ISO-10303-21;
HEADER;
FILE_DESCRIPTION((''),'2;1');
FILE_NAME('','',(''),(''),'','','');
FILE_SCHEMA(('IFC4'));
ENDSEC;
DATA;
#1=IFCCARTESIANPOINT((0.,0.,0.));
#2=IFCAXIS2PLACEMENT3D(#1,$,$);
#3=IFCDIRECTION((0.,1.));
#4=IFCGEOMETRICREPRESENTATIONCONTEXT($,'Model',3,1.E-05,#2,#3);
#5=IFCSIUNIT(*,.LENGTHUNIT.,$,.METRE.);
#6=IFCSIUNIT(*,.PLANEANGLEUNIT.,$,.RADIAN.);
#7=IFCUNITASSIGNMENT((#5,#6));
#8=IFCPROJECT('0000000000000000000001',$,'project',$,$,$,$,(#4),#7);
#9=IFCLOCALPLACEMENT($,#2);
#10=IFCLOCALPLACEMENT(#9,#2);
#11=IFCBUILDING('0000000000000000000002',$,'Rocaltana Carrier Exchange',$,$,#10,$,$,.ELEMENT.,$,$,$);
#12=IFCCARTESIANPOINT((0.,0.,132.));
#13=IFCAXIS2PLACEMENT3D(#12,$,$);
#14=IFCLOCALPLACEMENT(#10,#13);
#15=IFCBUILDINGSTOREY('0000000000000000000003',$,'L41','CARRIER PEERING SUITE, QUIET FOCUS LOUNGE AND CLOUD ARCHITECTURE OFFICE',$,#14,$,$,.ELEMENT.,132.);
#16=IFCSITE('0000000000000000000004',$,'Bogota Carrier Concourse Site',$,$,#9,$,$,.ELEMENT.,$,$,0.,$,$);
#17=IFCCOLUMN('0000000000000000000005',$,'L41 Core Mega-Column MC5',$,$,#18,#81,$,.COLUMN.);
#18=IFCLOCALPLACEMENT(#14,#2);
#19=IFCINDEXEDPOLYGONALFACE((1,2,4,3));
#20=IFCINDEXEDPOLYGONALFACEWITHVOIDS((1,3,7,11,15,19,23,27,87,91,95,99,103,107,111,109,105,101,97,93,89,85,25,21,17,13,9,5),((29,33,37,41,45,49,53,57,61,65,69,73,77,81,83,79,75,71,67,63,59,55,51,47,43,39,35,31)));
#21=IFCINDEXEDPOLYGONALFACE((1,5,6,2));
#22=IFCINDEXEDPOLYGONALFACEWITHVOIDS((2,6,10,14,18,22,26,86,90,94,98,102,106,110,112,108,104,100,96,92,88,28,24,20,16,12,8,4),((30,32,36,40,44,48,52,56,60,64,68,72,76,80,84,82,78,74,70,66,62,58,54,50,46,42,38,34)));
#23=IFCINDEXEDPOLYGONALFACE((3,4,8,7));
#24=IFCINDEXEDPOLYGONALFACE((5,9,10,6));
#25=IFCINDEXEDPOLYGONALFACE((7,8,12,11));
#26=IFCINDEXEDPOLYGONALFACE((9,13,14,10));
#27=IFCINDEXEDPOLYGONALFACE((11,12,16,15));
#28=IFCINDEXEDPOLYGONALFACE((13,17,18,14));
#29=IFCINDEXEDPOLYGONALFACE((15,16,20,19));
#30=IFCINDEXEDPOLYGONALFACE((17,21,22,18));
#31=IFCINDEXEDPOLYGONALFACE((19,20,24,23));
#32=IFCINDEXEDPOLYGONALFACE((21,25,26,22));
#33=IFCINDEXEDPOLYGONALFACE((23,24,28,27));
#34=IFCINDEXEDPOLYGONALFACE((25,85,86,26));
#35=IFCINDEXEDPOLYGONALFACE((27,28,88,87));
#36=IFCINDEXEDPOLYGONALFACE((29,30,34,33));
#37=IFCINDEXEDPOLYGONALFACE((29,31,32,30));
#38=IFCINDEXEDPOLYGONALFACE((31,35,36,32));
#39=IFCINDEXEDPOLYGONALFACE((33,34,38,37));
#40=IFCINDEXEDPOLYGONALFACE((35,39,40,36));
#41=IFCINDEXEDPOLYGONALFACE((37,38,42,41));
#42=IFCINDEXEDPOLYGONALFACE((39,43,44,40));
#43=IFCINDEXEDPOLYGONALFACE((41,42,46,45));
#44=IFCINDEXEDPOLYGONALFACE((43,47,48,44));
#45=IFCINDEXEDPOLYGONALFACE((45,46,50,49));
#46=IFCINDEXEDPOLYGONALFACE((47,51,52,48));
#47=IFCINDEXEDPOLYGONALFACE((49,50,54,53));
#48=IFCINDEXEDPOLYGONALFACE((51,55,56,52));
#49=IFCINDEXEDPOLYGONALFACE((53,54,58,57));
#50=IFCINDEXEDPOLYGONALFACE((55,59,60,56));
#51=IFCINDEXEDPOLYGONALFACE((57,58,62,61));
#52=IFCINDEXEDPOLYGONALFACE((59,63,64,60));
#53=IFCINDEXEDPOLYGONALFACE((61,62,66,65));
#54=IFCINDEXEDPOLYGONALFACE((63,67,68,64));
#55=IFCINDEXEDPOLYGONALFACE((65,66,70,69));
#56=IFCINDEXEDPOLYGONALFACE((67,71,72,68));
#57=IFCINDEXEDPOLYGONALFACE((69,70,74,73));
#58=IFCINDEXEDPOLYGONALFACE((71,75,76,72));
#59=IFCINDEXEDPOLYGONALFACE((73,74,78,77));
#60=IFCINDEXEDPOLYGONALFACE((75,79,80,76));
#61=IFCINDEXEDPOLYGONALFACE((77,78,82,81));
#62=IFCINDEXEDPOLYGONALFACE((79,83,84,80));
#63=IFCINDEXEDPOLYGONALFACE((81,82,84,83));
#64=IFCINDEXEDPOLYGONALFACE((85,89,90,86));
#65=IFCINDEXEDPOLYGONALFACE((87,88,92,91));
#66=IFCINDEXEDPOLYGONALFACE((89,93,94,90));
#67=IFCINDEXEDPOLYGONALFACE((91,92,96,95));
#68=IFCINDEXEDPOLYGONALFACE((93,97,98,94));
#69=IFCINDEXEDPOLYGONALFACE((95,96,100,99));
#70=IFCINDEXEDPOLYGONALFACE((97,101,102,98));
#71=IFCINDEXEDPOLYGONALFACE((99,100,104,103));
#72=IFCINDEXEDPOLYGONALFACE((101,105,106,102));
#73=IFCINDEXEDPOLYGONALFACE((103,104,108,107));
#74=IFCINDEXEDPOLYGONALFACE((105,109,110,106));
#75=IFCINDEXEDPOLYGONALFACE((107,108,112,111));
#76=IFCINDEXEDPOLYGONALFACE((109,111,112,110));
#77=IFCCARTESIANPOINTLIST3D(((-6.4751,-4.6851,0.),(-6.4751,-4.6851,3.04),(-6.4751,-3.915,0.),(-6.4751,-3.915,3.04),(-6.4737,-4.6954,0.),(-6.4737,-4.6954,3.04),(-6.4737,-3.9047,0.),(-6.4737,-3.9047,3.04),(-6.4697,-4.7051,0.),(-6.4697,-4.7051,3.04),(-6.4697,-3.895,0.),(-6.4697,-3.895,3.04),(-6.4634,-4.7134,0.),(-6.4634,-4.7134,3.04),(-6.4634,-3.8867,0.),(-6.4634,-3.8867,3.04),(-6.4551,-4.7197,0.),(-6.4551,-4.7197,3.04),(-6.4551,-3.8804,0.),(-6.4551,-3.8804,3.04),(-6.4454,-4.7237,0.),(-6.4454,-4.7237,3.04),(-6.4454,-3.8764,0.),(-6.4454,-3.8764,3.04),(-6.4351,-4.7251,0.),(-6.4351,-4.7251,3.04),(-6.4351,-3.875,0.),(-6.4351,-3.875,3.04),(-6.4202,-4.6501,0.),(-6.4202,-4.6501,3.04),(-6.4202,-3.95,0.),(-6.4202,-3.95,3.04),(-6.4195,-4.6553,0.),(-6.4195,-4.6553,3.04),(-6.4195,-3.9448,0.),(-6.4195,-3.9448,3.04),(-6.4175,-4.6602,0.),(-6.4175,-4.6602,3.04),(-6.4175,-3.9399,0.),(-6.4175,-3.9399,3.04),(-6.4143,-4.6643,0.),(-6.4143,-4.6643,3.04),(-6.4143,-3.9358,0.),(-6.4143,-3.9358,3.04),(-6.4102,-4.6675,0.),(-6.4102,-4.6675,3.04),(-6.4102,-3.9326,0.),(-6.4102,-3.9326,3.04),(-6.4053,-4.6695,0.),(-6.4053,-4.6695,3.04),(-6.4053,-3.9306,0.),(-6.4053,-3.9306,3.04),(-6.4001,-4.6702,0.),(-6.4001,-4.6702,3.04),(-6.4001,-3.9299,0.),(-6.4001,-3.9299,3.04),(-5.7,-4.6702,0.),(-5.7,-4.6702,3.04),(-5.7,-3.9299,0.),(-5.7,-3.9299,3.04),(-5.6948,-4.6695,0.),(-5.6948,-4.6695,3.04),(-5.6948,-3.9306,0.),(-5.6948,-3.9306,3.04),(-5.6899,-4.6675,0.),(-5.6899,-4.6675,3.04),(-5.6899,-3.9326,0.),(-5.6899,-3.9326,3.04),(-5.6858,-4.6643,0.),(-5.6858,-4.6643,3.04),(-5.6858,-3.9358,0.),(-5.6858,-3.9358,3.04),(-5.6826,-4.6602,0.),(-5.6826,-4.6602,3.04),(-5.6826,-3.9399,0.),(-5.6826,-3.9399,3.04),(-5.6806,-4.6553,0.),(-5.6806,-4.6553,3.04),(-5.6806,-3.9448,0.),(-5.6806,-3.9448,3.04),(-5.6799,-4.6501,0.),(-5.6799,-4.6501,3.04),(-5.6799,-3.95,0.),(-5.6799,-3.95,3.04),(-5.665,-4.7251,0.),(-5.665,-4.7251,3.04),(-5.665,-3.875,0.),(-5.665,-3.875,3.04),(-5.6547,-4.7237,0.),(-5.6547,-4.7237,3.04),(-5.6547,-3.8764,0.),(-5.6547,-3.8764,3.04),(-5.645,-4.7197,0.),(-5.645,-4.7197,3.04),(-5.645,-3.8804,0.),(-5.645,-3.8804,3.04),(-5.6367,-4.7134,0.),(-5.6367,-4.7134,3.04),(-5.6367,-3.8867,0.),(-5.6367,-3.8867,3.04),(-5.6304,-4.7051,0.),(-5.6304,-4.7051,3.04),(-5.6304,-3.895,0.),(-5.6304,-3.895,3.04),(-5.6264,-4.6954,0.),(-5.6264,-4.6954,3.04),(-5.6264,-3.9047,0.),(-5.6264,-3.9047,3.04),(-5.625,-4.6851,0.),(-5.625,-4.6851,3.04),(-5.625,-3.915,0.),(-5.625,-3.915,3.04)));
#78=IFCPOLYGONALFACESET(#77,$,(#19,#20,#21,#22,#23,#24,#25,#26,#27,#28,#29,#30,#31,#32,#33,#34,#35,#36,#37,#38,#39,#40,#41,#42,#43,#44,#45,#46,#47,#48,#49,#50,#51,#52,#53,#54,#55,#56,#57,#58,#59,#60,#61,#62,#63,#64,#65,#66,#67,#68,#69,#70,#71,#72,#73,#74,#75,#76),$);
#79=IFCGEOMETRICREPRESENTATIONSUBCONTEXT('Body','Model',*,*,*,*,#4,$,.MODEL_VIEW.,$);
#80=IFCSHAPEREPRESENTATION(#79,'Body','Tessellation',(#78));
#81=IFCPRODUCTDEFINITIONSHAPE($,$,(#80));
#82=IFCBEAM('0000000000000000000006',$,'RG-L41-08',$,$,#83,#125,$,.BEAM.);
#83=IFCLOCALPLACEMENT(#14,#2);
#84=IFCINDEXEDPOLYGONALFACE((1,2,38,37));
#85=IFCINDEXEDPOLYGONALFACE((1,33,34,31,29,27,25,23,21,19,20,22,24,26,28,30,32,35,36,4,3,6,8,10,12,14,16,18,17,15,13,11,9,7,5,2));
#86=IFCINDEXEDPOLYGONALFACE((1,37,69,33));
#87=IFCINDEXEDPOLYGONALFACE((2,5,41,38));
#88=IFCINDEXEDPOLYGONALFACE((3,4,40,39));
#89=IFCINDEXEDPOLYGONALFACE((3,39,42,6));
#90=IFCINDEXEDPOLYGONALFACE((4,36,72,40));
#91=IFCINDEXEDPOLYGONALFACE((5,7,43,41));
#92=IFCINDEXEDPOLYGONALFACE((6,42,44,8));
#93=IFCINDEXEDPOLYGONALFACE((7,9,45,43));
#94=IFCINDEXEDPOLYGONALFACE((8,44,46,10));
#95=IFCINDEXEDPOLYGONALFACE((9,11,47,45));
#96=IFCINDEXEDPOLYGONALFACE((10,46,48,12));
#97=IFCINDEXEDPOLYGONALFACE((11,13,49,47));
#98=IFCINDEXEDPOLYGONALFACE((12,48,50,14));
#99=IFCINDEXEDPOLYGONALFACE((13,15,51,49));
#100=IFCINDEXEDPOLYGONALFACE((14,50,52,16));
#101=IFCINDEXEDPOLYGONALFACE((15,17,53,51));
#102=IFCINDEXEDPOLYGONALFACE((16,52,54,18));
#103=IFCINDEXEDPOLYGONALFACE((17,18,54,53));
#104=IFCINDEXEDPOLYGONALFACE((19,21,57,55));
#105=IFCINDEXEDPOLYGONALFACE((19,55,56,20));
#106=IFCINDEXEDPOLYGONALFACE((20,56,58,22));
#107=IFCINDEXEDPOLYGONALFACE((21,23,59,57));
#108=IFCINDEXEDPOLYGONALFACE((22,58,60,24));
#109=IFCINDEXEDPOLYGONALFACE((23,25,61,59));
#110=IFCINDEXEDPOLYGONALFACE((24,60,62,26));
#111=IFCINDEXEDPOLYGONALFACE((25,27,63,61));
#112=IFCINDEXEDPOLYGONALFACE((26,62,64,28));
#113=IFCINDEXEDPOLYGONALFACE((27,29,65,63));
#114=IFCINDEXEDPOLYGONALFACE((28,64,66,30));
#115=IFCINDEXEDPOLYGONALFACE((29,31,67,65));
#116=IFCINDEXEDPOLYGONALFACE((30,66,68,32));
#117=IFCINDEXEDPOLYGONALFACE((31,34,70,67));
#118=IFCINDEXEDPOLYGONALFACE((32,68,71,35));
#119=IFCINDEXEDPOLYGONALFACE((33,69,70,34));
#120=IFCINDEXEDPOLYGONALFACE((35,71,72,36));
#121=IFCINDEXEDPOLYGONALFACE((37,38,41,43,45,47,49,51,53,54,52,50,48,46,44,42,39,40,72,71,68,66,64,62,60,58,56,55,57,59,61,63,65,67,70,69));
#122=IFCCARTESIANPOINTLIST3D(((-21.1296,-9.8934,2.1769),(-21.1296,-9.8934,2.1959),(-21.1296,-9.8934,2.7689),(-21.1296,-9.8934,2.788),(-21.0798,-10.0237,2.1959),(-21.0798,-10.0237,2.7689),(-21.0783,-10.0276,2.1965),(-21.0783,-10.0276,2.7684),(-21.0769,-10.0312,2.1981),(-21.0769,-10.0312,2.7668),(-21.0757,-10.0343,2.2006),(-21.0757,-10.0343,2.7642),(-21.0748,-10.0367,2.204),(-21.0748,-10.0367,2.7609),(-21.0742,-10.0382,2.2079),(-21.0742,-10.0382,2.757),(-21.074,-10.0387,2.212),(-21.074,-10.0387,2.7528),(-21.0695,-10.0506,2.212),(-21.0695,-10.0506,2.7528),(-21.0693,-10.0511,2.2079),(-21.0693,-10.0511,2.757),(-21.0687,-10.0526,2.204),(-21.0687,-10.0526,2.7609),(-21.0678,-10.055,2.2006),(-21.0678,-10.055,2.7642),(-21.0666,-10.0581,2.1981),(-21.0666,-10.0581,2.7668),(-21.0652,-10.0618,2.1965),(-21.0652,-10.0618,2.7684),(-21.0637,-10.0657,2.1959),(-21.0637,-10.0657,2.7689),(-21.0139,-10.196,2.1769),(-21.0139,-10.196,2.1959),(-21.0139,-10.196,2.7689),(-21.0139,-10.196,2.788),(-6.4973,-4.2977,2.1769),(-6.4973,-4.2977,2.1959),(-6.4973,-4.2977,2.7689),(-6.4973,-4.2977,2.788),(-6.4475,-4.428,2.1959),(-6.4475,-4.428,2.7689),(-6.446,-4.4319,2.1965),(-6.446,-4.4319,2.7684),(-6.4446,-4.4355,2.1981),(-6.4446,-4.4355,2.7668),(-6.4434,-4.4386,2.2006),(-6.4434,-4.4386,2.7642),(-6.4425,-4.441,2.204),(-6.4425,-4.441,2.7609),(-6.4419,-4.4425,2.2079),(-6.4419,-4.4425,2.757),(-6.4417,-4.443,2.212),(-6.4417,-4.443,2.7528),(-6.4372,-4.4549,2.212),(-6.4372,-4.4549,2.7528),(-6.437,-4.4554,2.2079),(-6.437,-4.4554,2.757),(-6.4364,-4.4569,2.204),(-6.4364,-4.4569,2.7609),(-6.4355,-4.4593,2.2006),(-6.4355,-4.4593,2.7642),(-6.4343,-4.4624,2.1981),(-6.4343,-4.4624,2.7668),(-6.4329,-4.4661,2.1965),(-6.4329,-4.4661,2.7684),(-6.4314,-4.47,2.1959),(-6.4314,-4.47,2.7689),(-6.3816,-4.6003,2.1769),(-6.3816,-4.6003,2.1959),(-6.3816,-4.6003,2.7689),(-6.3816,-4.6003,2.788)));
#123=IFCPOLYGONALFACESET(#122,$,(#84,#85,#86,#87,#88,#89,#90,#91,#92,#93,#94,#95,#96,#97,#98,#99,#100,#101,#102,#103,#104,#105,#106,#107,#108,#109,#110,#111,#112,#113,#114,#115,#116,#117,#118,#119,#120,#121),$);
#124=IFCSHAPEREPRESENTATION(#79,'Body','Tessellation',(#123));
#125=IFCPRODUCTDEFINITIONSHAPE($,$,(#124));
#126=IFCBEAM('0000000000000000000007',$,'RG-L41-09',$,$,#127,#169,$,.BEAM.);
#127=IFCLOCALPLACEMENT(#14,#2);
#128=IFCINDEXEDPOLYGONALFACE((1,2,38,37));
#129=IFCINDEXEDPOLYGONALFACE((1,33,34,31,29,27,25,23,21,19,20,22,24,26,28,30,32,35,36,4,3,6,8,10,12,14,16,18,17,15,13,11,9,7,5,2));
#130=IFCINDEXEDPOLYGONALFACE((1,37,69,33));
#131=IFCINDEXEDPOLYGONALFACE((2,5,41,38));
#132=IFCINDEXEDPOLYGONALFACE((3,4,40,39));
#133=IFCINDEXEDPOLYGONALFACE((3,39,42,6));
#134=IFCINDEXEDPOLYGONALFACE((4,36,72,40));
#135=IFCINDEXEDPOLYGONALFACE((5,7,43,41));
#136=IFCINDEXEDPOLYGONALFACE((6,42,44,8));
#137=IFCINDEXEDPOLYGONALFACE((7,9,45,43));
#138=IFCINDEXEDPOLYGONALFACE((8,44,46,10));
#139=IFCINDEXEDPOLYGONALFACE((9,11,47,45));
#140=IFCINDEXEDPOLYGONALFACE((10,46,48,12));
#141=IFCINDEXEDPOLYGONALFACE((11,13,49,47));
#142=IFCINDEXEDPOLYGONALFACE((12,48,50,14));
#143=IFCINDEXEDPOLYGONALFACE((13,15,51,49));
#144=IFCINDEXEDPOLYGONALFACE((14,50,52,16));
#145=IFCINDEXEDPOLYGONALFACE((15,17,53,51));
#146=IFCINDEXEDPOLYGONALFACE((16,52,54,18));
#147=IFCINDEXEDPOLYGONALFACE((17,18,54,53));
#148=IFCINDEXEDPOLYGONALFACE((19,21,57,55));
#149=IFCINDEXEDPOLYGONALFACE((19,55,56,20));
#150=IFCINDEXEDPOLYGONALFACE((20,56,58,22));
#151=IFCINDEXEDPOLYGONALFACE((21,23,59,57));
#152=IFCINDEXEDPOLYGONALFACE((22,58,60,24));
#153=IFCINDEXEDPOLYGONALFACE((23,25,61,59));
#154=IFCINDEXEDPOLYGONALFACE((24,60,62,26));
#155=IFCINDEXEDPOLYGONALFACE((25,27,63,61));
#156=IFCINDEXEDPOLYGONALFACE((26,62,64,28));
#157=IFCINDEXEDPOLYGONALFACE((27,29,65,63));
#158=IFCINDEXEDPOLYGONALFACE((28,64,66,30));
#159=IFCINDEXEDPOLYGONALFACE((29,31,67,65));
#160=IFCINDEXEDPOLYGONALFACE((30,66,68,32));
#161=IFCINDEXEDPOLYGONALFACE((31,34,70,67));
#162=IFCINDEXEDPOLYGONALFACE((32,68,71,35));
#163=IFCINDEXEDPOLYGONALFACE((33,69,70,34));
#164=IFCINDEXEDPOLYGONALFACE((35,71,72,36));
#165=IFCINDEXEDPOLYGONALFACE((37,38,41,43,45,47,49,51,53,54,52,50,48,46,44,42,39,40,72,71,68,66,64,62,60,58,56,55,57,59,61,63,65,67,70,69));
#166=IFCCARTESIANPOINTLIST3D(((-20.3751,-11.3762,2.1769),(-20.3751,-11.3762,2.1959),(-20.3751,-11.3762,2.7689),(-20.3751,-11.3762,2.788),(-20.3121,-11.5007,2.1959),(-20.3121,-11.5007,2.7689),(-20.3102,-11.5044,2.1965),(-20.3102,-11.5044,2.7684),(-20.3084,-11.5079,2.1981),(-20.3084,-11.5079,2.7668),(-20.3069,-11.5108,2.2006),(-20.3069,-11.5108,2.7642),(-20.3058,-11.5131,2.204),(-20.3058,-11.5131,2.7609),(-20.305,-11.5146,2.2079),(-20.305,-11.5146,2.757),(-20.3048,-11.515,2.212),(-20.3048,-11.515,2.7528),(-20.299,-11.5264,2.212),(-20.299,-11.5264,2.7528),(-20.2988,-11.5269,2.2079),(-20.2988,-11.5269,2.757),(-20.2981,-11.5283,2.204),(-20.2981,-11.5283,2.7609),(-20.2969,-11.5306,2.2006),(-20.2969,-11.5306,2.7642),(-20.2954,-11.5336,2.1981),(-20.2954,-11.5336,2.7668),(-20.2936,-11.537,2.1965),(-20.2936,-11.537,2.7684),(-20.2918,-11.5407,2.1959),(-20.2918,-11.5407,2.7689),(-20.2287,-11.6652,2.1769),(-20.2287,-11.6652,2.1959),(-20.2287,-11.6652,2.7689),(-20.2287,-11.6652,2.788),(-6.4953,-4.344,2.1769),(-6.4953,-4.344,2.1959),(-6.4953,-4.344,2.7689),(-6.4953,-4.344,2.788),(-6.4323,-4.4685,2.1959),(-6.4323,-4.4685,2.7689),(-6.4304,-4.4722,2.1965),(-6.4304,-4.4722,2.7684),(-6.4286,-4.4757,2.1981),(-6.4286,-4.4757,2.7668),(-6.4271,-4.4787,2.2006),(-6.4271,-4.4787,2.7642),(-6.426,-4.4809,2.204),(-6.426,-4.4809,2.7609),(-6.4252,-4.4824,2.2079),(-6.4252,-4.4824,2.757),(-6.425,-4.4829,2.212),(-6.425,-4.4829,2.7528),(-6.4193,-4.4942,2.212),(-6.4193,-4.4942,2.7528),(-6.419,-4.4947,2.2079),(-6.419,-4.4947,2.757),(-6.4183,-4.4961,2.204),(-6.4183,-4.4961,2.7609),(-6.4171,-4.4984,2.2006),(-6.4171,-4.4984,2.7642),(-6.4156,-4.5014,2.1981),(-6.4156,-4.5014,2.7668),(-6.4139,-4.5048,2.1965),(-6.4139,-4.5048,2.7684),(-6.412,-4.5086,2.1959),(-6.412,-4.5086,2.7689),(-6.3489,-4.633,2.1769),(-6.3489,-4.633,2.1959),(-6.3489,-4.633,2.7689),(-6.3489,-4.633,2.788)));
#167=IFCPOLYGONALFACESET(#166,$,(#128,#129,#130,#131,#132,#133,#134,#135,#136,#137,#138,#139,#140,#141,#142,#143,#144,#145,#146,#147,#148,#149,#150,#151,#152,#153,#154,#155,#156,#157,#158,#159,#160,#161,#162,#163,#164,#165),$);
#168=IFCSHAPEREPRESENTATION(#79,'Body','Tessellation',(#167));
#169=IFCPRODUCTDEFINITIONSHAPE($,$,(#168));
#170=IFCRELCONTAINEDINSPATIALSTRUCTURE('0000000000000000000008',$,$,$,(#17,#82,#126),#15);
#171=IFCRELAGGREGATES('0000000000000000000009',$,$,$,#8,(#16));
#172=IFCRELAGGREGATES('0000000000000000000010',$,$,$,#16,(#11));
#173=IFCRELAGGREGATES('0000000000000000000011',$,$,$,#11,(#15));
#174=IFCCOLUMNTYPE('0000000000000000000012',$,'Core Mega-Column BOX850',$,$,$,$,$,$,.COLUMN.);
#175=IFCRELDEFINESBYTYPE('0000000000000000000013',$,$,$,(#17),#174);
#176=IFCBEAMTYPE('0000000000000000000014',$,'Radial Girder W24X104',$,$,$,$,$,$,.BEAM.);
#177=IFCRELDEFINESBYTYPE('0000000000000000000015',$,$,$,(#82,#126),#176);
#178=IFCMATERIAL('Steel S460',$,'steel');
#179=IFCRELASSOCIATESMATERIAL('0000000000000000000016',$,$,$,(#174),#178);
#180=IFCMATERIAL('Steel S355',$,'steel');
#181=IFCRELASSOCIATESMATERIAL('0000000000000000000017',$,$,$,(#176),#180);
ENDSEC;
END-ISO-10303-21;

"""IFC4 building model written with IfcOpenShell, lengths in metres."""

from ifc_helpers import new_model, si_unit, direction, frame, origin, origin_2d, place, context, subcontext, project, spatial, hollow_rectangle, i_section, extrude, material, material_profile, profile_set, type_object, element, save


model = new_model("IFC4")

# Units and contexts
model_context = context("Model", 3, precision=1e-05, world=origin(), true_north=direction((0.0, 1.0)))
body_context = subcontext(model_context, "Body", "Model", "MODEL_VIEW")
ifc_project = project(units=[si_unit("LENGTHUNIT", "METRE"), si_unit("PLANEANGLEUNIT", "RADIAN")], contexts=[model_context])

# Site, building, storey
site_placement = place(None, origin())
site = spatial("IfcSite", under=ifc_project, at=site_placement, Name="Bogota Carrier Concourse Site", CompositionType="ELEMENT", RefElevation=0.0)
building_placement = place(site_placement, origin())
building = spatial("IfcBuilding", under=site, at=building_placement, Name="Rocaltana Carrier Exchange", CompositionType="ELEMENT")
storey_placement = place(building_placement, frame((0.0, 0.0, 132.0)))
storey = spatial("IfcBuildingStorey", under=building, at=storey_placement, Name="L41", Description="CARRIER PEERING SUITE, QUIET FOCUS LOUNGE AND CLOUD ARCHITECTURE OFFICE", CompositionType="ELEMENT", Elevation=132.0)

# Column
ifc_material_1 = material(Name="Steel S460", Category="steel")
ifc_material_profile_1 = material_profile(ifc_material_1, hollow_rectangle(XDim=0.8501, YDim=0.8501, WallThickness=0.0549, InnerFilletRadius=0.02, OuterFilletRadius=0.04, at=origin_2d()), Name="BOX850X850X55")
ifc_profile_set_1 = profile_set([ifc_material_profile_1], Name="Steel S460")
column_type = type_object("IfcColumnType", Name="Core Mega-Column BOX850", PredefinedType="COLUMN", material=ifc_profile_set_1)
column_placement = place(storey_placement, frame((-6.05, -4.3, 0.0), z_axis=(0.0, 0.0, 1.0), x_axis=(1.0, 0.0, 0.0)))
element("IfcColumn", 1, at=column_placement, inside=storey, type_object=column_type, Name="L41 Core Mega-Column MC5", PredefinedType="COLUMN", context=body_context, shape_type="SweptSolid", body=[
    extrude(hollow_rectangle(XDim=0.8501, YDim=0.8501, WallThickness=0.0549, InnerFilletRadius=0.02, OuterFilletRadius=0.04, at=origin_2d()), origin(), (0.0, 0.0, 1.0), 3.04),
])

# Beams
ifc_material_2 = material(Name="Steel S355", Category="steel")
ifc_material_profile_2 = material_profile(ifc_material_2, i_section(OverallWidth=0.324, OverallDepth=0.6111, WebThickness=0.0127, FlangeThickness=0.019, FilletRadius=0.0161, at=origin_2d()), Name="W24X104")
ifc_profile_set_2 = profile_set([ifc_material_profile_2], Name="Steel S355")
beam_type = type_object("IfcBeamType", Name="Radial Girder W24X104", PredefinedType="BEAM", material=ifc_profile_set_2)
beam_1_placement = place(storey_placement, frame((-6.4395, -4.449, 2.4824), z_axis=(-0.934031, -0.357193, 0.0), x_axis=(0.357193, -0.934031, 0.0)))
element("IfcBeam", 2, at=beam_1_placement, inside=storey, type_object=beam_type, Name="RG-L41-08", PredefinedType="BEAM", context=body_context, shape_type="SweptSolid", body=[
    extrude(i_section(OverallWidth=0.324, OverallDepth=0.6111, WebThickness=0.0127, FlangeThickness=0.019, FilletRadius=0.0161, at=origin_2d()), origin(), (0.0, 0.0, 1.0), 15.6658),
])
beam_2_placement = place(storey_placement, frame((-6.4221, -4.4885, 2.4824), z_axis=(-0.892042, -0.451952, 0.0), x_axis=(0.451952, -0.892042, 0.0)))
element("IfcBeam", 3, at=beam_2_placement, inside=storey, type_object=beam_type, Name="RG-L41-09", PredefinedType="BEAM", context=body_context, shape_type="SweptSolid", body=[
    extrude(i_section(OverallWidth=0.324, OverallDepth=0.6111, WebThickness=0.0127, FlangeThickness=0.019, FilletRadius=0.0161, at=origin_2d()), origin(), (0.0, 0.0, 1.0), 15.5596),
])

save(model, "model.ifc")
